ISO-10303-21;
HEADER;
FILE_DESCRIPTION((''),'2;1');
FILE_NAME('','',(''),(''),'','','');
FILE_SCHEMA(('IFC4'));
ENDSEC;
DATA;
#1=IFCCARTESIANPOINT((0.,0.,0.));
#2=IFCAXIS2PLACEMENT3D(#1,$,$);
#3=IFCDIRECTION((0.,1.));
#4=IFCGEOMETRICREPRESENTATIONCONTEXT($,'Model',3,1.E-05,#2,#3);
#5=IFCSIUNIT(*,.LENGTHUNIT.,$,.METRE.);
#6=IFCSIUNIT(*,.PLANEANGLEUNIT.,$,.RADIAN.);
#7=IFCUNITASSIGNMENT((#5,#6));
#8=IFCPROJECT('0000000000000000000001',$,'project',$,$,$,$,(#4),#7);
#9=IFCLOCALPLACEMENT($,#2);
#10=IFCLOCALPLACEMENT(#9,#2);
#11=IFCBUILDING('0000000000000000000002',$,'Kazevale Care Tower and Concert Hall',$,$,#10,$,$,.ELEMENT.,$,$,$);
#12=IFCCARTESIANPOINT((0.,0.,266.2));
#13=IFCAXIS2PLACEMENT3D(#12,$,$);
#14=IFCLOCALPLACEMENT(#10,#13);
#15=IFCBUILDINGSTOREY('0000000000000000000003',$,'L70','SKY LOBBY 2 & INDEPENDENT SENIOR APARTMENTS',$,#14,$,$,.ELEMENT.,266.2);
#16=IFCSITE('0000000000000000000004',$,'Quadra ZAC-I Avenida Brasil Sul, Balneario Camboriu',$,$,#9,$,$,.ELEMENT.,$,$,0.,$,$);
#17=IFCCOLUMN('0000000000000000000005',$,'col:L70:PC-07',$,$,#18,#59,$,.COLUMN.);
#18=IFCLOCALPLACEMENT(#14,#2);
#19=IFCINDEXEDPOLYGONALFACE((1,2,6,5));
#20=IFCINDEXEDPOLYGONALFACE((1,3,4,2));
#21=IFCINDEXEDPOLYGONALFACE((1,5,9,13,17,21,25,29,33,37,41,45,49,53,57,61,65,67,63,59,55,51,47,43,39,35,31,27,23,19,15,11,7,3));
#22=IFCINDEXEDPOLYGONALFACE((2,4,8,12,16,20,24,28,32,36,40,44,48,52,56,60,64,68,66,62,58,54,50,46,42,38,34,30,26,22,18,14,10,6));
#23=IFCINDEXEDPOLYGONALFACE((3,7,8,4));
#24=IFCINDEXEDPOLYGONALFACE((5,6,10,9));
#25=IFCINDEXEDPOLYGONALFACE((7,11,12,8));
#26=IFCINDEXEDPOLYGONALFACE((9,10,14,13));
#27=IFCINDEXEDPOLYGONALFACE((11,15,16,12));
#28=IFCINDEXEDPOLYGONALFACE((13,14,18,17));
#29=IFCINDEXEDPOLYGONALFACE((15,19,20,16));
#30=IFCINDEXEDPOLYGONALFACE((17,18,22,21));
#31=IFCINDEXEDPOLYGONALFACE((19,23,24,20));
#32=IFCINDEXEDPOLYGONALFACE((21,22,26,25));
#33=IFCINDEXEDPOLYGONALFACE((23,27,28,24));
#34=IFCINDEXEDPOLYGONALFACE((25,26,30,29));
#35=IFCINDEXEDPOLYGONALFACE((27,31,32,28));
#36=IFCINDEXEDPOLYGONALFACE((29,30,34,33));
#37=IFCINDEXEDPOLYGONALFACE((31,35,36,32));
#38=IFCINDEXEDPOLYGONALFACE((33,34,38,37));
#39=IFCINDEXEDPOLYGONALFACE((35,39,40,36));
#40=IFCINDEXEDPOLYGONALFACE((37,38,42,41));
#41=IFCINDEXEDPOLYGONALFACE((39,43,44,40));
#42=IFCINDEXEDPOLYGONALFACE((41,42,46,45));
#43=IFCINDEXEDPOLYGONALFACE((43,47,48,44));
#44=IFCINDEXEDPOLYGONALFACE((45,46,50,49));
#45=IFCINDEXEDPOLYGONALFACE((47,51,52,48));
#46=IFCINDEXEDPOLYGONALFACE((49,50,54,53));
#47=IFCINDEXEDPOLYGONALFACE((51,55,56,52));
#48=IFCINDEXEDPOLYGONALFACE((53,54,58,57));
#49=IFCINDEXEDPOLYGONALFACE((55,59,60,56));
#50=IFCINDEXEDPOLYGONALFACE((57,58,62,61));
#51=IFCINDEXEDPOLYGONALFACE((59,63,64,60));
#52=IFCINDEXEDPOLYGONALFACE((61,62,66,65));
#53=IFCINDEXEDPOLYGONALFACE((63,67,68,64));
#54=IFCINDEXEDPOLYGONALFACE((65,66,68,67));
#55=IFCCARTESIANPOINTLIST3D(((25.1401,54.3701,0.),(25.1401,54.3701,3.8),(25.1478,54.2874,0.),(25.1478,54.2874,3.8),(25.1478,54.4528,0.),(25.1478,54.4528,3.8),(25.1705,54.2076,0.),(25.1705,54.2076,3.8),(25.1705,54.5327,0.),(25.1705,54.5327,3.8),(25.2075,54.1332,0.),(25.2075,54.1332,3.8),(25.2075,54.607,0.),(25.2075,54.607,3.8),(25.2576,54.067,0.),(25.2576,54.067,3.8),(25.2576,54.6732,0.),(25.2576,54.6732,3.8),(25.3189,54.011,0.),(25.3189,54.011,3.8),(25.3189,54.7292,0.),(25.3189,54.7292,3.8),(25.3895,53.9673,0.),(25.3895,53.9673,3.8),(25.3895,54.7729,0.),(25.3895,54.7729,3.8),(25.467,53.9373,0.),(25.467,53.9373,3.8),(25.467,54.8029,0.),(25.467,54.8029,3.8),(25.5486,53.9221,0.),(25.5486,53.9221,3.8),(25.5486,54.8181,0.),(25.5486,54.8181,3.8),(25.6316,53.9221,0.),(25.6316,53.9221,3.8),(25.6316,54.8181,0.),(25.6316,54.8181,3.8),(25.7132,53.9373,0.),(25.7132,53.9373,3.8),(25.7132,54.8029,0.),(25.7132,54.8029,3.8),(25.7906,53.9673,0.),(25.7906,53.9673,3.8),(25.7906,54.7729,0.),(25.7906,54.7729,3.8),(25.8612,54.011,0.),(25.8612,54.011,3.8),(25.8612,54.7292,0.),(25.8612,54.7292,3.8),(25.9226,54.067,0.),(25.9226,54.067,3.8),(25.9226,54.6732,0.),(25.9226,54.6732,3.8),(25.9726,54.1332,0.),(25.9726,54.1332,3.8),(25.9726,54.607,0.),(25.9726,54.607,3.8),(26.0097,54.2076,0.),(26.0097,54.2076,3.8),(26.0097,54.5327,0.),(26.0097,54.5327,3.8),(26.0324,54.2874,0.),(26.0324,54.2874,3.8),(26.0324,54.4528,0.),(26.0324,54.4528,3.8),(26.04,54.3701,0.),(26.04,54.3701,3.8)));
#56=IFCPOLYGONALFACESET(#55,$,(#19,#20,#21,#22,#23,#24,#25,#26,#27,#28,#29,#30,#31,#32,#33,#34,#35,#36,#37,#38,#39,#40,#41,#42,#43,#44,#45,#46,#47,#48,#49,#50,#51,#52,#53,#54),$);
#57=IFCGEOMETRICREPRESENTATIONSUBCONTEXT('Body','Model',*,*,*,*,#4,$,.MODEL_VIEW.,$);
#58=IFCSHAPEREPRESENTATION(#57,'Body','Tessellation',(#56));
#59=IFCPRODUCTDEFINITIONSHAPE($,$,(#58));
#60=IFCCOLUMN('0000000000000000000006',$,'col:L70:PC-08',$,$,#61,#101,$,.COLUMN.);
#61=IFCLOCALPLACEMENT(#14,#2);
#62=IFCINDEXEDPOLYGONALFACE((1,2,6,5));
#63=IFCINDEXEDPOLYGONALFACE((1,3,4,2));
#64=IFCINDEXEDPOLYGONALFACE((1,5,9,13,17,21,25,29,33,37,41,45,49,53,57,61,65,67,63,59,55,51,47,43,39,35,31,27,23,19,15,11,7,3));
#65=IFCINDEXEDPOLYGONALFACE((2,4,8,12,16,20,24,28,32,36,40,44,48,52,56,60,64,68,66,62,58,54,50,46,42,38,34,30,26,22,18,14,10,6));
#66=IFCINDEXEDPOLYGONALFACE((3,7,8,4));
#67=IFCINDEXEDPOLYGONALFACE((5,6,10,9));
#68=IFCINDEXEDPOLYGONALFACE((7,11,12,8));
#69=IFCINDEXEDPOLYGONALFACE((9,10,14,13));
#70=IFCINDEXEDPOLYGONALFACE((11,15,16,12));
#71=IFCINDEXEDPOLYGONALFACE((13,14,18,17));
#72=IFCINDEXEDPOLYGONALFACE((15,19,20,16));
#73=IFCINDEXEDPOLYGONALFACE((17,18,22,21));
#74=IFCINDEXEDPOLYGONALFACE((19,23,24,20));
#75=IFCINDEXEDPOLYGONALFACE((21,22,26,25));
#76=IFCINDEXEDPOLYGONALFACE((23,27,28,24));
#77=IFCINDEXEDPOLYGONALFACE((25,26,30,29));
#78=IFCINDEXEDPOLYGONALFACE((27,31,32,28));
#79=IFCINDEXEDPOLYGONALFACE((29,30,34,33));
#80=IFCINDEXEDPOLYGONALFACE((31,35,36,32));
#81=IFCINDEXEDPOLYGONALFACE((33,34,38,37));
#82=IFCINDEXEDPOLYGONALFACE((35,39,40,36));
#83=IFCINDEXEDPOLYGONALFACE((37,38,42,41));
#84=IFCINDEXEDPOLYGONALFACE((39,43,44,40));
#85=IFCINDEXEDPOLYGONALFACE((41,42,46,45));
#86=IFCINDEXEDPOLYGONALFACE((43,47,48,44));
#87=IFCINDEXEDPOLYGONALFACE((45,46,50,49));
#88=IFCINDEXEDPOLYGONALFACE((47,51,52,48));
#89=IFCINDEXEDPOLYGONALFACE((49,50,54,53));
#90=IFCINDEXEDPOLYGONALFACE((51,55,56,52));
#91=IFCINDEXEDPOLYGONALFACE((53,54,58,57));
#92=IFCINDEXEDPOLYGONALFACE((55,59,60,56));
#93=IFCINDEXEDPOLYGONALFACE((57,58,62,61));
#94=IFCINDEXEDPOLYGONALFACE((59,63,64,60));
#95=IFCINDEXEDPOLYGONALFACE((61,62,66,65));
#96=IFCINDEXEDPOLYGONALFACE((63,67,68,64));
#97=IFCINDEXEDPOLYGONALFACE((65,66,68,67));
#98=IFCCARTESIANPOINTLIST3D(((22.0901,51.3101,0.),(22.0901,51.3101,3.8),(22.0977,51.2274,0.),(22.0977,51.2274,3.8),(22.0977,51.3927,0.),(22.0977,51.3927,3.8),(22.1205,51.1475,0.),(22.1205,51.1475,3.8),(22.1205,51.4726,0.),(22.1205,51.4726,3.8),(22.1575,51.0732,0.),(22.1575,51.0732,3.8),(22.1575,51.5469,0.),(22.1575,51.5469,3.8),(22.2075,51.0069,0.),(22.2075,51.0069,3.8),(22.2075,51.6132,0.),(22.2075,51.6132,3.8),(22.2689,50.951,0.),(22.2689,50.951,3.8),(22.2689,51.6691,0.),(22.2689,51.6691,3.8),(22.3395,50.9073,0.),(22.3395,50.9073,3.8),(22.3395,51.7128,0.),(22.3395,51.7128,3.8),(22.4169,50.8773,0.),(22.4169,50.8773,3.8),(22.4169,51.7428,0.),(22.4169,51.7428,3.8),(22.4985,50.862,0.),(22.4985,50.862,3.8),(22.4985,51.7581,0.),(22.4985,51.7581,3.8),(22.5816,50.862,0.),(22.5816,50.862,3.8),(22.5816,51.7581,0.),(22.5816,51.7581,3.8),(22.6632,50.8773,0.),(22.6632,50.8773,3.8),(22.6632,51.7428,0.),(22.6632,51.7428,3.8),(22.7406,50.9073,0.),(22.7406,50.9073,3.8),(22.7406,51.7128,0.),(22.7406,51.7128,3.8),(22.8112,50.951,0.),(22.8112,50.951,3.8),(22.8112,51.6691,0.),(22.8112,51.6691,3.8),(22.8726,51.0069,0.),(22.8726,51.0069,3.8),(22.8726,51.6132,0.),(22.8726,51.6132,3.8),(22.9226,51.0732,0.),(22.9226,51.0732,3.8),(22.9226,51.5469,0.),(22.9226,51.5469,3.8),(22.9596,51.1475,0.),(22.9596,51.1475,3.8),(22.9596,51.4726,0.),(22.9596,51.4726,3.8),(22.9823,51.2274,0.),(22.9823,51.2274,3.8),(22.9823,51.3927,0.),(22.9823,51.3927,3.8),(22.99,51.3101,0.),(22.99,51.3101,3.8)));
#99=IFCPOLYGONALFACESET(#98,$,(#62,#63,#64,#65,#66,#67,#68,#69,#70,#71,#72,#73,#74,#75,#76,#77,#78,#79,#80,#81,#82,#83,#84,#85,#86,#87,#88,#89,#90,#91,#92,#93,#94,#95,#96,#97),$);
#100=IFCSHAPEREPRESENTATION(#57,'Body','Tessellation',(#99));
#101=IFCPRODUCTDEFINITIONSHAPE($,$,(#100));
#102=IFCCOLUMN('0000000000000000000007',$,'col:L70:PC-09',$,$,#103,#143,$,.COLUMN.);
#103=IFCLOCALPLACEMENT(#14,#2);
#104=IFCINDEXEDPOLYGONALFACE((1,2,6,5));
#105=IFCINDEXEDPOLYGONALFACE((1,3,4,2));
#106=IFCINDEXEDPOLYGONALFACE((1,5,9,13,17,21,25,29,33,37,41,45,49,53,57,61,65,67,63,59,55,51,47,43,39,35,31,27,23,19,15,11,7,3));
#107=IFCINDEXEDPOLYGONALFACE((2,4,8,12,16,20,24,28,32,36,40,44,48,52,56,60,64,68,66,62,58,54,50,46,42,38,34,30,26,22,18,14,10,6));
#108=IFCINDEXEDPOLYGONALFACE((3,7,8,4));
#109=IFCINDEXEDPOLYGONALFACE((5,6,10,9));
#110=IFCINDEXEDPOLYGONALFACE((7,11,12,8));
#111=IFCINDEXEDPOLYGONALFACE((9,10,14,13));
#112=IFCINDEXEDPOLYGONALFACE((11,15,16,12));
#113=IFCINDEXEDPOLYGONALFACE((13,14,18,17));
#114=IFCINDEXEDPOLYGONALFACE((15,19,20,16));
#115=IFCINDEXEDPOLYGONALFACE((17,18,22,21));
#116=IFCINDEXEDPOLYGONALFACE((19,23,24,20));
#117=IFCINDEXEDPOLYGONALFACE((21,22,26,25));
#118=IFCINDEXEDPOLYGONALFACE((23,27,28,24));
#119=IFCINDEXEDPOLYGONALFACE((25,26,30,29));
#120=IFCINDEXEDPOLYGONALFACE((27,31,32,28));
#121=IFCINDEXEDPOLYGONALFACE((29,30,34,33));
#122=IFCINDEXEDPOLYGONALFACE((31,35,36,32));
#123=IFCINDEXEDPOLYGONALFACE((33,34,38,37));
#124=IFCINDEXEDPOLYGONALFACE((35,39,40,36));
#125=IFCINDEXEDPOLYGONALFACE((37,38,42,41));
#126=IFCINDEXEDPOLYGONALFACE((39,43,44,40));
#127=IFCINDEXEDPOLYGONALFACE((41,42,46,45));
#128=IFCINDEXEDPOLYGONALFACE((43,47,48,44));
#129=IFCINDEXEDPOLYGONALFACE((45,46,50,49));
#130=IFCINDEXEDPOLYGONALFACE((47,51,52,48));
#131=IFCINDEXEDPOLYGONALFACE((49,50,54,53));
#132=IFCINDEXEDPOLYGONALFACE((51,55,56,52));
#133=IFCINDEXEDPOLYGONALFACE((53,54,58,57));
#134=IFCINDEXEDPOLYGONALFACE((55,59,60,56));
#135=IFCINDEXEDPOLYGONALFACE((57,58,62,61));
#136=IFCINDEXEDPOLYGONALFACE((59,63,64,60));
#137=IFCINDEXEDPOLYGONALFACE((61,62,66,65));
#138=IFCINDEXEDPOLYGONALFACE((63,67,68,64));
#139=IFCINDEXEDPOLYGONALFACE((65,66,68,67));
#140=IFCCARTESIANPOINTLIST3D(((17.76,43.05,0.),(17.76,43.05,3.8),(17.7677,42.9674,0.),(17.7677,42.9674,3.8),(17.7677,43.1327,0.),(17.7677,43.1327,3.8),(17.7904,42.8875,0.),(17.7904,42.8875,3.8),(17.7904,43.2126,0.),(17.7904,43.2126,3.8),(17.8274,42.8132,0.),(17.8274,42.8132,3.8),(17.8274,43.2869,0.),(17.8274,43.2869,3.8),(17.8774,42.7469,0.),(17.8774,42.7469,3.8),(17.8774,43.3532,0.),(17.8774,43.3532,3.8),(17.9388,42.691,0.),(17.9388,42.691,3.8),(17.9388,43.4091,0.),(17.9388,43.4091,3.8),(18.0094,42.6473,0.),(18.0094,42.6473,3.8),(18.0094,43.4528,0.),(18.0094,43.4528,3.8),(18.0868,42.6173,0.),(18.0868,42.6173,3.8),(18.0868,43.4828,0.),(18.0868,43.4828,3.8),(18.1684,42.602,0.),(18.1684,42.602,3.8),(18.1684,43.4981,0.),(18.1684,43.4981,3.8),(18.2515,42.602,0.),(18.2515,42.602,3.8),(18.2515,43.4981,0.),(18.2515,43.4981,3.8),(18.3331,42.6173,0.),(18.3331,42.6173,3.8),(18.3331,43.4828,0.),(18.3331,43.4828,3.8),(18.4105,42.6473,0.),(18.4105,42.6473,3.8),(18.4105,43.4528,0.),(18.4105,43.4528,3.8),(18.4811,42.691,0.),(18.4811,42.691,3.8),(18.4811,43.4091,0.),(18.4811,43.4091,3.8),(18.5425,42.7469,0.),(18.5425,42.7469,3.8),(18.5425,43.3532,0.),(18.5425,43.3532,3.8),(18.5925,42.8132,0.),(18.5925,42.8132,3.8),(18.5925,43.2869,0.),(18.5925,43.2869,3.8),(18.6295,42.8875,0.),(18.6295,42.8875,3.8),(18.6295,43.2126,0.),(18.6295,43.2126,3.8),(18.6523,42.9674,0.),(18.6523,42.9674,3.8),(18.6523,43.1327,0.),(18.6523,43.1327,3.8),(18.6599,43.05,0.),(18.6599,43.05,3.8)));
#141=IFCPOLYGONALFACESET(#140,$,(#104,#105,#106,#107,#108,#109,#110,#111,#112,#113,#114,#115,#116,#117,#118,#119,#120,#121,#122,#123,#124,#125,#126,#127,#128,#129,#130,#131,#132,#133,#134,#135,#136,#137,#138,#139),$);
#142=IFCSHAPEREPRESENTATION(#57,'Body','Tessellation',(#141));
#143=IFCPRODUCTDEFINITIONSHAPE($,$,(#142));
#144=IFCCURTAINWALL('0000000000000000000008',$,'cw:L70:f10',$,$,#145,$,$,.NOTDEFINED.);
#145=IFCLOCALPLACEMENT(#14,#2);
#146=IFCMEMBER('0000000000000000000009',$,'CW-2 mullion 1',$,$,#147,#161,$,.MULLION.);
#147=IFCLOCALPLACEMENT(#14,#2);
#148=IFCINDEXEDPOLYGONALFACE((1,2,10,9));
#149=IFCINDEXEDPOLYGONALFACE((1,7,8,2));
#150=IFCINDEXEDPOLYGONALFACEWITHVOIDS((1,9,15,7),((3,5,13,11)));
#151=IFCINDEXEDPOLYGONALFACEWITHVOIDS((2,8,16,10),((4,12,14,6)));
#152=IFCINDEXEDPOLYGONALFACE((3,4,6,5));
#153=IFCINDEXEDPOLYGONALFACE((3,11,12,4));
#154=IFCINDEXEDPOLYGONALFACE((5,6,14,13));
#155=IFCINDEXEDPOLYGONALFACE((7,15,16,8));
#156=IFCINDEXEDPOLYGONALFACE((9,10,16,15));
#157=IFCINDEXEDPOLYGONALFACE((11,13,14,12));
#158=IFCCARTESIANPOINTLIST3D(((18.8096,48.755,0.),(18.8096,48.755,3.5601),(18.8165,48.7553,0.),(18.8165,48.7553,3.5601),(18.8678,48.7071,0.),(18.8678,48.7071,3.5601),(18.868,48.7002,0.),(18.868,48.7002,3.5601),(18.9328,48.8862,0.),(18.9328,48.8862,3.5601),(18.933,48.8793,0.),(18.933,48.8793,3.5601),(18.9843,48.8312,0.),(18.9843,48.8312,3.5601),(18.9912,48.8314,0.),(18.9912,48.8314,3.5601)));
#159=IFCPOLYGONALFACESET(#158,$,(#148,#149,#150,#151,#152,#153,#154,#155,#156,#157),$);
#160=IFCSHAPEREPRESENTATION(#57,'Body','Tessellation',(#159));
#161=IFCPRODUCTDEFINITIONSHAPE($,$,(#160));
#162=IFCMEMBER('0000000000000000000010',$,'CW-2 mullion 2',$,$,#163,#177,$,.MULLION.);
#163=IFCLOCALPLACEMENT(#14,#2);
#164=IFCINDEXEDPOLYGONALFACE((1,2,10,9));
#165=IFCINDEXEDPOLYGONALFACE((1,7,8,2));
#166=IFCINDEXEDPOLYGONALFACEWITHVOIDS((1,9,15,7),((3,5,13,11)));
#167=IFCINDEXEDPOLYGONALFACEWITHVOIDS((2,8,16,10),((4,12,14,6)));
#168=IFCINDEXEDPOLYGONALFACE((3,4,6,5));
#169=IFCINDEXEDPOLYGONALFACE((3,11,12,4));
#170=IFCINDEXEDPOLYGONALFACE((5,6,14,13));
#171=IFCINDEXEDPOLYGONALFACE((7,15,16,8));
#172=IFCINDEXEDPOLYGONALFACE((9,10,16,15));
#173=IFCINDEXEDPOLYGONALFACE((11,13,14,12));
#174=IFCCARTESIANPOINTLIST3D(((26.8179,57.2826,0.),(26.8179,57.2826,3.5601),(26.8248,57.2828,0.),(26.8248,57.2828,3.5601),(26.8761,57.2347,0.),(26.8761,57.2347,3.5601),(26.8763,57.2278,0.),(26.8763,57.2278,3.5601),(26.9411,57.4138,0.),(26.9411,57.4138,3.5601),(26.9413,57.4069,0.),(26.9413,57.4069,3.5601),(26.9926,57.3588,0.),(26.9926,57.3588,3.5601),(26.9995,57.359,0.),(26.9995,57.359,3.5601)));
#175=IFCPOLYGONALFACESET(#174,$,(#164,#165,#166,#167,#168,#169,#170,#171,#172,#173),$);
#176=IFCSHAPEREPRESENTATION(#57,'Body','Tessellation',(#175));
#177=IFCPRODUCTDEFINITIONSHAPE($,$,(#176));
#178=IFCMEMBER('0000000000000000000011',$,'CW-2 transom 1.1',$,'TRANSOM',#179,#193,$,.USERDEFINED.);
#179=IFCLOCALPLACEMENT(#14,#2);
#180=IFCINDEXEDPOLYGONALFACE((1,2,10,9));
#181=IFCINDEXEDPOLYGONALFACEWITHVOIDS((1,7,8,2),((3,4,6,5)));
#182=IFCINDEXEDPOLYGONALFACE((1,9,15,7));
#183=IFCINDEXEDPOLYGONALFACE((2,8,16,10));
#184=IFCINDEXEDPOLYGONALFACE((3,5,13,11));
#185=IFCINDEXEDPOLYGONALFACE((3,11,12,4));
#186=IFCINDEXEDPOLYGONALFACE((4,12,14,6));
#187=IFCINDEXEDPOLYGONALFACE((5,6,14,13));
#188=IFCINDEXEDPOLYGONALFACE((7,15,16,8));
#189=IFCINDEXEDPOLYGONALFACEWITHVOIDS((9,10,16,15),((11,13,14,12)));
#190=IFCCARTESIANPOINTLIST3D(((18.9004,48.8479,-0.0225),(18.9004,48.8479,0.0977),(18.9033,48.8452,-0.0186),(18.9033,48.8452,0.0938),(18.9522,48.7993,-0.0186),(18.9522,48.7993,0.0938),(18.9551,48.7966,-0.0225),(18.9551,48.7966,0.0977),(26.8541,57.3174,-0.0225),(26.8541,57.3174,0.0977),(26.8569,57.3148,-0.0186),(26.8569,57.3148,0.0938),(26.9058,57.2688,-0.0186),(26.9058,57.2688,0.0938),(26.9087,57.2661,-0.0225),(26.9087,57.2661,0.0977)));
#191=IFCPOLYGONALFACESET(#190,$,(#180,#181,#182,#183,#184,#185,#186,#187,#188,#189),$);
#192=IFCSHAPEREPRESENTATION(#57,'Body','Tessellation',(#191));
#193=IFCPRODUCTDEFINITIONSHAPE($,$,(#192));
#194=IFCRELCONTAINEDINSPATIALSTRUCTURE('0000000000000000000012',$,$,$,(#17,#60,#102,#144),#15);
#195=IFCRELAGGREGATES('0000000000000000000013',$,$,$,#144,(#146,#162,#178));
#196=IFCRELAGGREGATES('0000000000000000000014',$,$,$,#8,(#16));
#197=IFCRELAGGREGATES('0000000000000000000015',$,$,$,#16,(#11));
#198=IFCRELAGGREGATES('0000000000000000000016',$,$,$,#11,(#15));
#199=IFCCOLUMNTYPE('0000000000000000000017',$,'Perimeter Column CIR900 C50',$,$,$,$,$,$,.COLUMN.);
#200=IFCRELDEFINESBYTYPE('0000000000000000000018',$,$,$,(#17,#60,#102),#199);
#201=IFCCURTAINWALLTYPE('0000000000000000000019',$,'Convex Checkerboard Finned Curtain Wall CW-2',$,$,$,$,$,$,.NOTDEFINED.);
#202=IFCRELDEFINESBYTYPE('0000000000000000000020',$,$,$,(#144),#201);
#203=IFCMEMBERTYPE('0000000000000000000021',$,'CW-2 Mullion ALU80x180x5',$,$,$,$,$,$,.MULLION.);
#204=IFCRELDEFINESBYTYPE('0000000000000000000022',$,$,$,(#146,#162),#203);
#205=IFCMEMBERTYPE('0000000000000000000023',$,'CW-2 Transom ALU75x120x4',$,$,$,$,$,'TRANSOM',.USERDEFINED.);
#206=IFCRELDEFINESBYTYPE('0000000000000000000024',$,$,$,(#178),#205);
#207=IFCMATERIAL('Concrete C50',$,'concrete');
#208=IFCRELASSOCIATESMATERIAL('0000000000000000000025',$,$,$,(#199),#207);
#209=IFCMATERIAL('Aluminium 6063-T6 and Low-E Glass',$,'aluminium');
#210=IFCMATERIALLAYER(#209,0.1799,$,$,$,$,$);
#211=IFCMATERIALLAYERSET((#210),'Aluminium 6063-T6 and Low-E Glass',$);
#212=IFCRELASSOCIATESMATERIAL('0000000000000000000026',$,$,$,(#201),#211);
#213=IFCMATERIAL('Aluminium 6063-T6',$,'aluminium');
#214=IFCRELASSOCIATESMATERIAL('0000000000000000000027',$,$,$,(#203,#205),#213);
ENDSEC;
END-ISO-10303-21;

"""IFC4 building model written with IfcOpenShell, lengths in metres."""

from ifc_helpers import new_model, si_unit, direction, frame, origin, origin_2d, place, context, subcontext, project, spatial, hollow_rectangle, circle, extrude, material, layer, layer_set, material_profile, profile_set, type_object, element, aggregate, save


model = new_model("IFC4")

# Units and contexts
model_context = context("Model", 3, precision=1e-05, world=origin(), true_north=direction((0.0, 1.0)))
body_context = subcontext(model_context, "Body", "Model", "MODEL_VIEW")
ifc_project = project(units=[si_unit("LENGTHUNIT", "METRE"), si_unit("PLANEANGLEUNIT", "RADIAN")], contexts=[model_context])

# Site, building, storey
site_placement = place(None, origin())
site = spatial("IfcSite", under=ifc_project, at=site_placement, Name="Quadra ZAC-I Avenida Brasil Sul, Balneario Camboriu", CompositionType="ELEMENT", RefElevation=0.0)
building_placement = place(site_placement, origin())
building = spatial("IfcBuilding", under=site, at=building_placement, Name="Kazevale Care Tower and Concert Hall", CompositionType="ELEMENT")
storey_placement = place(building_placement, frame((0.0, 0.0, 266.2)))
storey = spatial("IfcBuildingStorey", under=building, at=storey_placement, Name="L70", Description="SKY LOBBY 2 & INDEPENDENT SENIOR APARTMENTS", CompositionType="ELEMENT", Elevation=266.2)

# Columns
ifc_material_1 = material(Name="Concrete C50", Category="concrete")
ifc_material_profile_1 = material_profile(ifc_material_1, circle(Radius=0.45, at=origin_2d()), Name="RC-CIR900")
ifc_profile_set_1 = profile_set([ifc_material_profile_1], Name="Concrete C50")
column_type = type_object("IfcColumnType", Name="Perimeter Column CIR900 C50", PredefinedType="COLUMN", material=ifc_profile_set_1)
for number, where, z_axis, x_axis, name in (
    (1, (25.5901, 54.3701, 0.0), (0.0, 0.0, 1.0), (1.0, 0.0, 0.0), "col:L70:PC-07"),
    (2, (22.54, 51.3101, 0.0), (0.0, 0.0, 1.0), (1.0, 0.0, 0.0), "col:L70:PC-08"),
    (3, (18.21, 43.05, 0.0), (0.0, 0.0, 1.0), (1.0, 0.0, 0.0), "col:L70:PC-09"),
):
    element("IfcColumn", number, at=place(storey_placement, frame(where, z_axis=z_axis, x_axis=x_axis)), inside=storey, type_object=column_type, Name=name, PredefinedType="COLUMN", context=body_context, shape_type="SweptSolid", body=[
        extrude(circle(Radius=0.45, at=origin_2d()), origin(), (0.0, 0.0, 1.0), 3.8),
    ])

# Curtain wall, members
ifc_material_2 = material(Name="Aluminium 6063-T6 and Low-E Glass", Category="aluminium")
ifc_layer_1 = layer(ifc_material_2, 0.1799)
ifc_layer_set_1 = layer_set([ifc_layer_1], Name="Aluminium 6063-T6 and Low-E Glass")
curtain_wall_type_1 = type_object("IfcCurtainWallType", Name="Convex Checkerboard Finned Curtain Wall CW-2", PredefinedType="NOTDEFINED", material=ifc_layer_set_1)
curtain_wall_1_placement = place(storey_placement, origin())
curtain_wall_1 = element("IfcCurtainWall", 4, at=curtain_wall_1_placement, inside=storey, type_object=curtain_wall_type_1, Name="cw:L70:f10", PredefinedType="NOTDEFINED")
ifc_material_3 = material(Name="Aluminium 6063-T6", Category="aluminium")
ifc_material_profile_2 = material_profile(ifc_material_3, hollow_rectangle(XDim=0.0801, YDim=0.1799, WallThickness=0.0049, at=origin_2d()), Name="ALU80x180x5")
ifc_profile_set_2 = profile_set([ifc_material_profile_2], Name="Aluminium 6063-T6")
member_type_1 = type_object("IfcMemberType", Name="CW-2 Mullion ALU80x180x5", PredefinedType="MULLION", material=ifc_profile_set_2)
member_1_placement = place(storey_placement, frame((18.9004, 48.7932, 0.0), z_axis=(0.0, 0.0, 1.0), x_axis=(-0.72896, 0.684557, 0.0)))
member_1 = element("IfcMember", 5, at=member_1_placement, type_object=member_type_1, Name="CW-2 mullion 1", PredefinedType="MULLION", context=body_context, shape_type="SweptSolid", body=[
    extrude(hollow_rectangle(XDim=0.0801, YDim=0.1799, WallThickness=0.0049, at=origin_2d()), origin(), (0.0, 0.0, 1.0), 3.5601),
])
member_2_placement = place(storey_placement, frame((26.9087, 57.3208, 0.0), z_axis=(0.0, 0.0, 1.0), x_axis=(-0.72896, 0.684557, 0.0)))
member_2 = element("IfcMember", 6, at=member_2_placement, type_object=member_type_1, Name="CW-2 mullion 2", PredefinedType="MULLION", context=body_context, shape_type="SweptSolid", body=[
    extrude(hollow_rectangle(XDim=0.0801, YDim=0.1799, WallThickness=0.0049, at=origin_2d()), origin(), (0.0, 0.0, 1.0), 3.5601),
])
ifc_material_profile_3 = material_profile(ifc_material_3, hollow_rectangle(XDim=0.075, YDim=0.1201, WallThickness=0.0039, at=origin_2d()), Name="ALU75x120x4")
ifc_profile_set_3 = profile_set([ifc_material_profile_3], Name="Aluminium 6063-T6")
member_type_2 = type_object("IfcMemberType", Name="CW-2 Transom ALU75x120x4", ElementType="TRANSOM", PredefinedType="USERDEFINED", material=ifc_profile_set_3)
member_3_placement = place(storey_placement, frame((18.9277, 48.8223, 0.0376), z_axis=(0.684558, 0.728958, 0.0), x_axis=(-0.728958, 0.684558, 0.0)))
member_3 = element("IfcMember", 7, at=member_3_placement, type_object=member_type_2, Name="CW-2 transom 1.1", ObjectType="TRANSOM", PredefinedType="USERDEFINED", context=body_context, shape_type="SweptSolid", body=[
    extrude(hollow_rectangle(XDim=0.075, YDim=0.1201, WallThickness=0.0039, at=origin_2d()), origin(), (0.0, 0.0, 1.0), 11.6187),
])

aggregate(curtain_wall_1, [member_1, member_2, member_3])

save(model, "model.ifc")
